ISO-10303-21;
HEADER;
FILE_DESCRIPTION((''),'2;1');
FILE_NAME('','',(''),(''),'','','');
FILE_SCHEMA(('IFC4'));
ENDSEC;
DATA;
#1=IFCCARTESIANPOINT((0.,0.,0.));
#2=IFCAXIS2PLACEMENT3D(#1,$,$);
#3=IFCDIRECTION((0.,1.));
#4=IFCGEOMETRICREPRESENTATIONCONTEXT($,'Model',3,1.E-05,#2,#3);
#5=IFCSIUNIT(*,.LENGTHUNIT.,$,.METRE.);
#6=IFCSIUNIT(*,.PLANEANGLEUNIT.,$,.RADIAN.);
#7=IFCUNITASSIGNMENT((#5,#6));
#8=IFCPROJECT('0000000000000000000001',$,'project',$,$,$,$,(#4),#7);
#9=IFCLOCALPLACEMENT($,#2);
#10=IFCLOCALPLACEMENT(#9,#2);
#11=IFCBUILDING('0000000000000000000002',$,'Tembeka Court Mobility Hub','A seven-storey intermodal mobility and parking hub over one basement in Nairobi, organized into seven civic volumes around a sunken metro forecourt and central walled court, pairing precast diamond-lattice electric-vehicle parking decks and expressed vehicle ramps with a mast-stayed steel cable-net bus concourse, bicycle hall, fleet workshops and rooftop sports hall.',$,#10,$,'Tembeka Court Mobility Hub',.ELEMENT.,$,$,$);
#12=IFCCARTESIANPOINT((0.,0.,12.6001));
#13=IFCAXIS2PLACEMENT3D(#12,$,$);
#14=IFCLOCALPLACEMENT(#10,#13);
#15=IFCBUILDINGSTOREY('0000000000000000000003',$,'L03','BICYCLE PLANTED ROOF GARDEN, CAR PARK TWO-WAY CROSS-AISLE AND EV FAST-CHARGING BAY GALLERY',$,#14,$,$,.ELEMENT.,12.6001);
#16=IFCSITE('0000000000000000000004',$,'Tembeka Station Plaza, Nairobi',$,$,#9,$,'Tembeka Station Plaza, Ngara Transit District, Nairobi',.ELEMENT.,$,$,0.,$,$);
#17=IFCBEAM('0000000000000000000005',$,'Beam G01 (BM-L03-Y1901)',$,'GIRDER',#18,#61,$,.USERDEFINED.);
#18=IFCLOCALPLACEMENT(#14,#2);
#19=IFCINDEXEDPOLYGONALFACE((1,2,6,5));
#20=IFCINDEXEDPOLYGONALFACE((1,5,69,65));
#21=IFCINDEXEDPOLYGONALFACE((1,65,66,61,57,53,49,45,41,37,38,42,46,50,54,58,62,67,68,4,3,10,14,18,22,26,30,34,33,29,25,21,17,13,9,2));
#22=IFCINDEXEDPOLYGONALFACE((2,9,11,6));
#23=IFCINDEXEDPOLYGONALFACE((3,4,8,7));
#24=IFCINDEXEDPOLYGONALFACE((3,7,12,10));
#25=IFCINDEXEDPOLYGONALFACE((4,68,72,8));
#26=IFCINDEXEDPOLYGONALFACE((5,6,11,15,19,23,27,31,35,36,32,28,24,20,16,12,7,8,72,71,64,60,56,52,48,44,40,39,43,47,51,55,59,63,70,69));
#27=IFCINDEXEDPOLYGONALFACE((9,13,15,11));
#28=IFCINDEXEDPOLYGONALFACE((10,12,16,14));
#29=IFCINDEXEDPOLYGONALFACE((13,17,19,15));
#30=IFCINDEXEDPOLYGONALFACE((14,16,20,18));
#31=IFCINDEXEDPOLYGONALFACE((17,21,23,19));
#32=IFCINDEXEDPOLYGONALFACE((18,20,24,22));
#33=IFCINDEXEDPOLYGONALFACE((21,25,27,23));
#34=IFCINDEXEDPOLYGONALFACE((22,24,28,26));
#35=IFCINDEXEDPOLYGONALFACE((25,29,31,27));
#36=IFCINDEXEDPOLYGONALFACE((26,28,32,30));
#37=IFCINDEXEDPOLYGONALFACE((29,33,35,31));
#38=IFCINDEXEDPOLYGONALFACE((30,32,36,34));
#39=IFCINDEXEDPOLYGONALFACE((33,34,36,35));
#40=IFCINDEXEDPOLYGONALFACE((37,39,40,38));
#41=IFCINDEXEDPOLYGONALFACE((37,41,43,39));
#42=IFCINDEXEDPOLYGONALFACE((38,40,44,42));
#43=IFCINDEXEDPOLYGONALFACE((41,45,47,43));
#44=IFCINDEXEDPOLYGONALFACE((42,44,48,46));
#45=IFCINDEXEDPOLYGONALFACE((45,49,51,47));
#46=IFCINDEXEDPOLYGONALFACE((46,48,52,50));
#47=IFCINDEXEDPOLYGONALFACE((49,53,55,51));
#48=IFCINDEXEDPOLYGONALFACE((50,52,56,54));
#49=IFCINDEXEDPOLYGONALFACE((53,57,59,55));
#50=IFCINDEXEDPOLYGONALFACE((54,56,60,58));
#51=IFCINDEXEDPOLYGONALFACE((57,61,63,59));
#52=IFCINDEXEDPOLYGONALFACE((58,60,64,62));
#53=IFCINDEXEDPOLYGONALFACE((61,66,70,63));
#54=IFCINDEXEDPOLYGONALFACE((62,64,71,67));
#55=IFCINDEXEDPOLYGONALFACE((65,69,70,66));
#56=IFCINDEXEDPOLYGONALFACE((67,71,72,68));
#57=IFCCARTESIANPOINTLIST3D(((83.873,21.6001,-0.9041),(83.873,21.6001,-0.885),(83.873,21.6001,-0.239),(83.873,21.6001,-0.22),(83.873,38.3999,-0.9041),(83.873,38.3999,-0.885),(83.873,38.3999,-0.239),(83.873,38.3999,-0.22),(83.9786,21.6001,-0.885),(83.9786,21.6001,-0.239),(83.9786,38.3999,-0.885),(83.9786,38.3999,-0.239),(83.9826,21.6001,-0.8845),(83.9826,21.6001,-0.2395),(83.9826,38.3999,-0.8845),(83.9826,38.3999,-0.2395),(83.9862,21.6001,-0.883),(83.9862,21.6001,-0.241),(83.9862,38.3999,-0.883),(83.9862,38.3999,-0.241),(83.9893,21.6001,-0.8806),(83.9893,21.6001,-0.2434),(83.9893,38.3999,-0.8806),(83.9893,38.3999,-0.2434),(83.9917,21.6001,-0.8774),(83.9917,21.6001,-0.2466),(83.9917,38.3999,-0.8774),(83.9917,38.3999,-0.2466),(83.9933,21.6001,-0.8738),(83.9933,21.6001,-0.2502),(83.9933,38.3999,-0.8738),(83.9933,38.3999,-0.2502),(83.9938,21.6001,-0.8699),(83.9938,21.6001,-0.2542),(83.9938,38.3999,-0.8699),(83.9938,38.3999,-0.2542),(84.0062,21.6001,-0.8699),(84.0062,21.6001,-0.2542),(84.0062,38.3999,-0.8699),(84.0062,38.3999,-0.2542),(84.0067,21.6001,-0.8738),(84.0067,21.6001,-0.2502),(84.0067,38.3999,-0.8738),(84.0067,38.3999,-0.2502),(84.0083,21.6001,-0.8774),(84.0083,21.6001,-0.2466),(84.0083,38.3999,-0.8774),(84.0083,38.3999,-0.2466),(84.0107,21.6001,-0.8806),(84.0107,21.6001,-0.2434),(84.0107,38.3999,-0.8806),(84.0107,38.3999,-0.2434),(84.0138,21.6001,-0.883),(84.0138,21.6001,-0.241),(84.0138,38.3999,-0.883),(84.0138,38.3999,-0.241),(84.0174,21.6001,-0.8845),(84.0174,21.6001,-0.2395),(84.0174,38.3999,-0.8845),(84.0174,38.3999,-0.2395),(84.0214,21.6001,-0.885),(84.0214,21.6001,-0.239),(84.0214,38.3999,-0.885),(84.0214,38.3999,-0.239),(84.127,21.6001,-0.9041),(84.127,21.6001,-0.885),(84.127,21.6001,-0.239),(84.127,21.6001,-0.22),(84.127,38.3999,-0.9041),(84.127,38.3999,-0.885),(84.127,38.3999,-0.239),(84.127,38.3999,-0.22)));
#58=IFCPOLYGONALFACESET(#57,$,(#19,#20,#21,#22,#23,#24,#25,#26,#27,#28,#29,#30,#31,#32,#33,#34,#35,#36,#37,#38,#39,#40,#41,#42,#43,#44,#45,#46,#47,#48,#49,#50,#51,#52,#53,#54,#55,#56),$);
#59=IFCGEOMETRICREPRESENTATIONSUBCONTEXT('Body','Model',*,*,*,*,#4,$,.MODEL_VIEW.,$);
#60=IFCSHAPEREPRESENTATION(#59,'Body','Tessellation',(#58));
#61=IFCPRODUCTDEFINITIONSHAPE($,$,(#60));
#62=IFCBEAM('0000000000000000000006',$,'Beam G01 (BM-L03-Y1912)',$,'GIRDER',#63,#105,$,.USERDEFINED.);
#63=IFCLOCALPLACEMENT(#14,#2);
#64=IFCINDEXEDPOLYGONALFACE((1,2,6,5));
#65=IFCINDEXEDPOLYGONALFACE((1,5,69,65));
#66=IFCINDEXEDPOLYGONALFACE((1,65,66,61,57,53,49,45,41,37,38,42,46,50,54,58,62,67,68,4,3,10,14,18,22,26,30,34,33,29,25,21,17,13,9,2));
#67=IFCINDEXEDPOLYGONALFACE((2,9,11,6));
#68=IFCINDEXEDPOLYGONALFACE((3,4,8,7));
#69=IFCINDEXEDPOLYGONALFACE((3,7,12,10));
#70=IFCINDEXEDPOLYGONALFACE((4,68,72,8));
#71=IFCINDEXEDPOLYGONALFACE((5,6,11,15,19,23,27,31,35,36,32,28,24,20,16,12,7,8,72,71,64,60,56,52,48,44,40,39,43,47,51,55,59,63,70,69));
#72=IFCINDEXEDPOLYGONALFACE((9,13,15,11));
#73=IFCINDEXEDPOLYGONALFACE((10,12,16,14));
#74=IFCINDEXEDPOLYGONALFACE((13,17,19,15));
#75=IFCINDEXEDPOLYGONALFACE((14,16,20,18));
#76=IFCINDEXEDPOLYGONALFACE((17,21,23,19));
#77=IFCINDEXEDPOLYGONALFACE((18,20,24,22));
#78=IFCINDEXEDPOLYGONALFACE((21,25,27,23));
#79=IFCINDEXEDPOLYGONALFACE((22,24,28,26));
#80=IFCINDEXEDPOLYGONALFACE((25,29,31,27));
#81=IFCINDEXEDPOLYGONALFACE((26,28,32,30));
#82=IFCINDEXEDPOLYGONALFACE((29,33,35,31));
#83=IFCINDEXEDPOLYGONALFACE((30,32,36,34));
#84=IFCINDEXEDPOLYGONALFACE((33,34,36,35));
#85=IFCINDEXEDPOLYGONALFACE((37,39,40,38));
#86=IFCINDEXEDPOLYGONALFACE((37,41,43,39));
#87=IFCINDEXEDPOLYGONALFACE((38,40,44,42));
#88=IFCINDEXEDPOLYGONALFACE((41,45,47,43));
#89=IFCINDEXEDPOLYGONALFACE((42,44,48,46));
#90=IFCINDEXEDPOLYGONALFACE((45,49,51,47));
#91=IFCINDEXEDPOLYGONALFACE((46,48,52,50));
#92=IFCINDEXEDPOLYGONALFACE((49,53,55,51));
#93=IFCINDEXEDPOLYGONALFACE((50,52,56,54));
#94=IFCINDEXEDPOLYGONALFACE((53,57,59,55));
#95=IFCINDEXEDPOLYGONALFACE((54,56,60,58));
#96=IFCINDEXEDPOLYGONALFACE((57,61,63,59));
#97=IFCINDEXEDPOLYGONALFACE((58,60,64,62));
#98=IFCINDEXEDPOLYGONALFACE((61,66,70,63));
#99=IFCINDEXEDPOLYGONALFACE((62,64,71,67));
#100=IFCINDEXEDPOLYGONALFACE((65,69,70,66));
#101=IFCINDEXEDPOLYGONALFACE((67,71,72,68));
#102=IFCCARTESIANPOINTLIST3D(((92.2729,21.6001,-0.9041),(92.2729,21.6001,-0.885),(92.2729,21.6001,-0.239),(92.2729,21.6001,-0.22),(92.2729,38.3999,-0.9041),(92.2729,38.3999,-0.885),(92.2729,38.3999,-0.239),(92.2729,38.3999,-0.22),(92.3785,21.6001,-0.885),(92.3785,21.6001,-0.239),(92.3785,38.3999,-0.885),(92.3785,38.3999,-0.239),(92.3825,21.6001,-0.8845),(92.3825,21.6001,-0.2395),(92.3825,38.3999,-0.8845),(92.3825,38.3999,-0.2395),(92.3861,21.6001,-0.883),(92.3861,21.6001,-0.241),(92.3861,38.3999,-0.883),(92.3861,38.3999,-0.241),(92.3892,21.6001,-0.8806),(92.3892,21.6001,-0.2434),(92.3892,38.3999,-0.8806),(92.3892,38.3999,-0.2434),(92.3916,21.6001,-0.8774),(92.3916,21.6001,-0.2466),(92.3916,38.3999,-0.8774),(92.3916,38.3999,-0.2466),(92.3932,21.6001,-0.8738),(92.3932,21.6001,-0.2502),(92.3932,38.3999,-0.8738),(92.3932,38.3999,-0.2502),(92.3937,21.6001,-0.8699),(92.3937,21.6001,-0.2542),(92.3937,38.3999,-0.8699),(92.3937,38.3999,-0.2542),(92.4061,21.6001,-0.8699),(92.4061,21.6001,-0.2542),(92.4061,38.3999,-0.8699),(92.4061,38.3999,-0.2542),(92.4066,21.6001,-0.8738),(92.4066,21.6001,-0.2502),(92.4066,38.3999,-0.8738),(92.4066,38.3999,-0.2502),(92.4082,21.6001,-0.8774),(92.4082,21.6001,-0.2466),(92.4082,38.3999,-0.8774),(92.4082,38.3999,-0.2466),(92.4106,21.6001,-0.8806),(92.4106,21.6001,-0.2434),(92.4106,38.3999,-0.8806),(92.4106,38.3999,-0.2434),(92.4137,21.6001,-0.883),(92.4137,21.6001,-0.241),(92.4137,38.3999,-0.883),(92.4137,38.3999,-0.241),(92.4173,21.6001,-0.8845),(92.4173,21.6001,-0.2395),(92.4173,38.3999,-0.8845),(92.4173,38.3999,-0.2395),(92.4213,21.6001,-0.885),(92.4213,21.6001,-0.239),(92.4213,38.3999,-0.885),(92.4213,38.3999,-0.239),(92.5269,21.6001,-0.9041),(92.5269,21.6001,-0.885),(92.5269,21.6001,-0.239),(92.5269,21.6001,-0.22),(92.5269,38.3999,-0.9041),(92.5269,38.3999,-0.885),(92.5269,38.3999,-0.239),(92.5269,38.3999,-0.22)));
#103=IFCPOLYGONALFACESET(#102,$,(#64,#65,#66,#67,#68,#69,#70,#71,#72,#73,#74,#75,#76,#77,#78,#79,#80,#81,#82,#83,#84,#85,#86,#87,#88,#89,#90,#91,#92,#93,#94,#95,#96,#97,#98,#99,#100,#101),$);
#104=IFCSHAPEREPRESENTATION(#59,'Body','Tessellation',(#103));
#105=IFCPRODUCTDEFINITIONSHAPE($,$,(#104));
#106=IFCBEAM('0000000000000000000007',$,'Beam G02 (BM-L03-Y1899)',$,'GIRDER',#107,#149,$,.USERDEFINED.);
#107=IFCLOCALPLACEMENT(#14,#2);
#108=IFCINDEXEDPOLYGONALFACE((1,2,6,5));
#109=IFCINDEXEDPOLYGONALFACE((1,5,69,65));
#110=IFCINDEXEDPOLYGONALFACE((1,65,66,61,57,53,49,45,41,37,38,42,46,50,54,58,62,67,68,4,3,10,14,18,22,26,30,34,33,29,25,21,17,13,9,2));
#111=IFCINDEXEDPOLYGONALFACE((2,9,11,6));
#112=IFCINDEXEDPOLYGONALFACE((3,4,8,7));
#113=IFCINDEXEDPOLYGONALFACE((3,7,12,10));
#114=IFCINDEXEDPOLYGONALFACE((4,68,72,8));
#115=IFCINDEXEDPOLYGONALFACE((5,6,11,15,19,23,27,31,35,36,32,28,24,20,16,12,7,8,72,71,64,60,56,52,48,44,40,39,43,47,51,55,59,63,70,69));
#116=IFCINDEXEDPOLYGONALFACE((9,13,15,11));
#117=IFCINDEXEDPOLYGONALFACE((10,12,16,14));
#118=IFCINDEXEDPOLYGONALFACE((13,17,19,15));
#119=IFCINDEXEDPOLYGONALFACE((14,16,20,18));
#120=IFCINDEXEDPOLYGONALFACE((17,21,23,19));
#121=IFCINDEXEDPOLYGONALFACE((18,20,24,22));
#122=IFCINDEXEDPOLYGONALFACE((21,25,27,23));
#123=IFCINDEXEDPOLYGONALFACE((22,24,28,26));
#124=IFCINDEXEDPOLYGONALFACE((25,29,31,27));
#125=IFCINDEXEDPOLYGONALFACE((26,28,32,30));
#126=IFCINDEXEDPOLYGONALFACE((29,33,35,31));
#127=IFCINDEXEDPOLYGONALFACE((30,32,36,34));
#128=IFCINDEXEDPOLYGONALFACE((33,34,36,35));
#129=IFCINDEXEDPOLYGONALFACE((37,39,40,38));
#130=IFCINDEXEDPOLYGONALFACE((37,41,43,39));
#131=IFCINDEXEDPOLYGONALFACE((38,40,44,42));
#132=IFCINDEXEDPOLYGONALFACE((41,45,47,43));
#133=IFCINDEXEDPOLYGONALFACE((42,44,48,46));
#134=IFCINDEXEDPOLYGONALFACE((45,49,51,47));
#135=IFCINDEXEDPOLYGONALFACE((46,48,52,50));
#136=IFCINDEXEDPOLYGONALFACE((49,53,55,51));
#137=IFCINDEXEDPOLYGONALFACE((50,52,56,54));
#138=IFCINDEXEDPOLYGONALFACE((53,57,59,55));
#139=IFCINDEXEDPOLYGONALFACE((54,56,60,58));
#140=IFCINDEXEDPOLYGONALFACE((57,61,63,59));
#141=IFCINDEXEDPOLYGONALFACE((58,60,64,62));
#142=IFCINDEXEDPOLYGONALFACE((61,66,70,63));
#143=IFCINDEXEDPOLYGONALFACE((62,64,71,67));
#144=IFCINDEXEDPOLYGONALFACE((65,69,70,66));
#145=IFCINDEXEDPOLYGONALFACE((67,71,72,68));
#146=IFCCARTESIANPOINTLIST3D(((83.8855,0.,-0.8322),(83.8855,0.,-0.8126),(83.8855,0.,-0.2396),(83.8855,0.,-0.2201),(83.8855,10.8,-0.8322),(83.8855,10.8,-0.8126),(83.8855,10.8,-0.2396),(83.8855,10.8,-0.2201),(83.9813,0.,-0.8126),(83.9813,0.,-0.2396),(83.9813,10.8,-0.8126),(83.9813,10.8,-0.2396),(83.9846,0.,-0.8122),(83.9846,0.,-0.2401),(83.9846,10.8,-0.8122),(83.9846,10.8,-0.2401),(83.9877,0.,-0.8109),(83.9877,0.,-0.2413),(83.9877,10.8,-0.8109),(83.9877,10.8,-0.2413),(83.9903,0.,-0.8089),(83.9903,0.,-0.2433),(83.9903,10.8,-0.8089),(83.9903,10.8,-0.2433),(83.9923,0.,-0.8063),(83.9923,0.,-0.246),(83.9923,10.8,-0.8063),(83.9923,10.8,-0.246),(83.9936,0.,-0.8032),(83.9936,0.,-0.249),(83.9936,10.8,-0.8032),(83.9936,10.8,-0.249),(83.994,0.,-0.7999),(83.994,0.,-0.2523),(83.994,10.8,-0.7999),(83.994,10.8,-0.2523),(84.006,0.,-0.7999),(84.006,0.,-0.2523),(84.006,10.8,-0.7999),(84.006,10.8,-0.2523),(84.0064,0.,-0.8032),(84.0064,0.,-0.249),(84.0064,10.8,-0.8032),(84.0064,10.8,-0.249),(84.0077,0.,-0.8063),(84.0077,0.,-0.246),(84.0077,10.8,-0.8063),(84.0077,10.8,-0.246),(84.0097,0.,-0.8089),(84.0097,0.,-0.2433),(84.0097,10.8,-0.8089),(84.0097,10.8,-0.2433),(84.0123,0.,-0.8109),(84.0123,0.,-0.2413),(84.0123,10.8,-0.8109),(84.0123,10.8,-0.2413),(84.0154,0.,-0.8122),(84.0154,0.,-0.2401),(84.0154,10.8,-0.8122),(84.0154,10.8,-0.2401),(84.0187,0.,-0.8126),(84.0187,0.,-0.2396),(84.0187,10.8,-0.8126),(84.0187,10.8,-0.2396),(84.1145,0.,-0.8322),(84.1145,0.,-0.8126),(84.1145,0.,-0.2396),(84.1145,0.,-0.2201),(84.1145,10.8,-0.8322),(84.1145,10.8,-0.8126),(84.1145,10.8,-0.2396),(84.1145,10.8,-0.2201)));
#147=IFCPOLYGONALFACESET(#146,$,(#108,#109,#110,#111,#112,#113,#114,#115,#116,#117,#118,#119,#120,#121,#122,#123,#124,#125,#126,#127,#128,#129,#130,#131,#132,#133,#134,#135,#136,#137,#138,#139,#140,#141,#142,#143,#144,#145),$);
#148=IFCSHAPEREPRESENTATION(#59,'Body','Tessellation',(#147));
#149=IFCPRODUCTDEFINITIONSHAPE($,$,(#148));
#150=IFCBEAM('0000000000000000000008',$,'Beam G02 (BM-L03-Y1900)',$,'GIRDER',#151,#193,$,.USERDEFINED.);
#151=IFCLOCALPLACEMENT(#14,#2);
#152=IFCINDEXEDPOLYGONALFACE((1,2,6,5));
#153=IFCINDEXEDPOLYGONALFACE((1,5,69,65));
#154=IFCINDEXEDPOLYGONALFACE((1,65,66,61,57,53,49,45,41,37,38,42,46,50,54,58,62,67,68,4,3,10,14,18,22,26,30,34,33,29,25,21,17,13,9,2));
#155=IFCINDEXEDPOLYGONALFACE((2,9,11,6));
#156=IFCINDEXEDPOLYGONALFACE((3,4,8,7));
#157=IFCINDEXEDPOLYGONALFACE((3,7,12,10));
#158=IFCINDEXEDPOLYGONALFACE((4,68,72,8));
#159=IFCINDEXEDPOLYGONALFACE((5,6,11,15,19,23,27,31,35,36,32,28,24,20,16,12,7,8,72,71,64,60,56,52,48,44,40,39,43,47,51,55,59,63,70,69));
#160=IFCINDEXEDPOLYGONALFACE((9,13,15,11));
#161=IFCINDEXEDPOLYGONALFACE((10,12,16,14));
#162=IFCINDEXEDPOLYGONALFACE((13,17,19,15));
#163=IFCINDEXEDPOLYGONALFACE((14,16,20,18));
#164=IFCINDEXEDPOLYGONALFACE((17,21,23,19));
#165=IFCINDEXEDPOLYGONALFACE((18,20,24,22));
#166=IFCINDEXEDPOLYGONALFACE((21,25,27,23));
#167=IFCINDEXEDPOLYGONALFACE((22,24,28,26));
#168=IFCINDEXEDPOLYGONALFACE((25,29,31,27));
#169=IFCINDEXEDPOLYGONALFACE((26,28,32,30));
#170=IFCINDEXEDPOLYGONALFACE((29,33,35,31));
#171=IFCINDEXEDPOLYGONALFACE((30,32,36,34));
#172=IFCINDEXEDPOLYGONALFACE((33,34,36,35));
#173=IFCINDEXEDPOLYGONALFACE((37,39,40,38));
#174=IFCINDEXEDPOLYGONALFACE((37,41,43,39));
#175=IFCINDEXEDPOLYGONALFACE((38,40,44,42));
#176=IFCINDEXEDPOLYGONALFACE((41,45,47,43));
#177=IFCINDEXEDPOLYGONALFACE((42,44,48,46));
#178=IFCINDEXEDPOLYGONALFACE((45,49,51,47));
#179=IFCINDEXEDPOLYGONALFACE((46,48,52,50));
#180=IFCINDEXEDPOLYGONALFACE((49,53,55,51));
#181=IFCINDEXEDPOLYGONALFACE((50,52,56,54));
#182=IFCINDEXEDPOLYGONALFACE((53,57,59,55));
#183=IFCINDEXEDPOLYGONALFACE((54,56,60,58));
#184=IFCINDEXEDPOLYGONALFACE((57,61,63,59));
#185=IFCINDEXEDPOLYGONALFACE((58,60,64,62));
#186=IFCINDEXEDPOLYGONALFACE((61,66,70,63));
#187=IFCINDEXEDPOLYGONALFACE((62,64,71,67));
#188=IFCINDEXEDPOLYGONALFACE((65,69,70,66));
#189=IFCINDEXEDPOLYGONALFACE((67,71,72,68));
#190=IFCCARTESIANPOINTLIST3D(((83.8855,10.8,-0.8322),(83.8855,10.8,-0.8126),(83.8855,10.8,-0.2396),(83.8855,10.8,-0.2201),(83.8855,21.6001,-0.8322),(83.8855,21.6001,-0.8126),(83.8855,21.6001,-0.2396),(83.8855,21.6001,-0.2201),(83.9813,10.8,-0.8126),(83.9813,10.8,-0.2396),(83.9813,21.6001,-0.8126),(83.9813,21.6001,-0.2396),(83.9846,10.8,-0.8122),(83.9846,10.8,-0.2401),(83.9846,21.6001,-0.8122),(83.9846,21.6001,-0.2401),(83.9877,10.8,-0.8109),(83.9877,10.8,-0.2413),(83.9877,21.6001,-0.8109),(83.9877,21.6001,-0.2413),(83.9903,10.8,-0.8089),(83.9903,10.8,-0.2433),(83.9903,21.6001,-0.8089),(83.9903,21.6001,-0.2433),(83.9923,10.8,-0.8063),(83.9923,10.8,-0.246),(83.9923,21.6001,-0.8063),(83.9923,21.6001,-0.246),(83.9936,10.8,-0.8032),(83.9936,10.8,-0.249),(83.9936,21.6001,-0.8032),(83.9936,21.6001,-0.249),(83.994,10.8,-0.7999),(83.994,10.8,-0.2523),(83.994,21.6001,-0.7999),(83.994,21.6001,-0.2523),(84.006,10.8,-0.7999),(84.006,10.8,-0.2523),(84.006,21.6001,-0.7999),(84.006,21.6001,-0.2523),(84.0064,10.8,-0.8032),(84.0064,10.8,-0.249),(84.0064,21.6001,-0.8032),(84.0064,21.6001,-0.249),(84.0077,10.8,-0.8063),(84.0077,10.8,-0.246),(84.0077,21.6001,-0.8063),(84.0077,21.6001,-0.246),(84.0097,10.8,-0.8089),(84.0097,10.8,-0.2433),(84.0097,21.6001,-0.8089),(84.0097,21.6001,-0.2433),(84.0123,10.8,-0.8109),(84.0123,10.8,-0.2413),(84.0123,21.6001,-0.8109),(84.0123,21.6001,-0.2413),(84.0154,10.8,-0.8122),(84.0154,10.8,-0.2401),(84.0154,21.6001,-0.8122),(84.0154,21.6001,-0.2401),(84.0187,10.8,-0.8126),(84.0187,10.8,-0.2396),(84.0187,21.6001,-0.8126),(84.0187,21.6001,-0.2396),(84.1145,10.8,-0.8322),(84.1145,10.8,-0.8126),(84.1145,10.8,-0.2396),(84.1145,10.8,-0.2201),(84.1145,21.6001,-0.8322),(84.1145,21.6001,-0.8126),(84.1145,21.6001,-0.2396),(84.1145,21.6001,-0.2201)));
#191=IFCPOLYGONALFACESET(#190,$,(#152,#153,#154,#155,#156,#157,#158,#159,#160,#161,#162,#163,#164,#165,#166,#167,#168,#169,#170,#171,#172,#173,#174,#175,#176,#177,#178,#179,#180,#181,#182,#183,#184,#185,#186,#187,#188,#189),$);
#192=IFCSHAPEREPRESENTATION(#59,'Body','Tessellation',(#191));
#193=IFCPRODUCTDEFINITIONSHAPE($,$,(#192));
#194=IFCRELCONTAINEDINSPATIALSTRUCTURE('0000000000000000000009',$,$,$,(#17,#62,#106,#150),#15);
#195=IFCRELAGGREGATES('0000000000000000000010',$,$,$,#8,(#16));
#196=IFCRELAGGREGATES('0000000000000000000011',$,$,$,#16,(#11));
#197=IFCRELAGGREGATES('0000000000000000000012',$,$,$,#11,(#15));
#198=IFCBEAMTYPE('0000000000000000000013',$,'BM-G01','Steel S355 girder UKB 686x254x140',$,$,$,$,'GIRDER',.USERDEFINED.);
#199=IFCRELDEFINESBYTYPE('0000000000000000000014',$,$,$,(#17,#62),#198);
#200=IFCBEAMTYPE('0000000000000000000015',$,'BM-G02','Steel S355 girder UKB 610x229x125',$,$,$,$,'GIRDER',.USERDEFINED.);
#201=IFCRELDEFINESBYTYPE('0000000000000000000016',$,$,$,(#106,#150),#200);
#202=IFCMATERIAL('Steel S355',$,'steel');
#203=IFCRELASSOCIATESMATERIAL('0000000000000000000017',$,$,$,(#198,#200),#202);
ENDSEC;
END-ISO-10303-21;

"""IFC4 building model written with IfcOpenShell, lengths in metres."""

from ifc_helpers import new_model, si_unit, direction, frame, origin, origin_2d, place, context, subcontext, project, spatial, i_section, extrude, material, material_profile, profile_set, type_object, element, save


model = new_model("IFC4")

# Units and contexts
model_context = context("Model", 3, precision=1e-05, world=origin(), true_north=direction((0.0, 1.0)))
body_context = subcontext(model_context, "Body", "Model", "MODEL_VIEW")
ifc_project = project(units=[si_unit("LENGTHUNIT", "METRE"), si_unit("PLANEANGLEUNIT", "RADIAN")], contexts=[model_context])

# Site, building, storey
site_placement = place(None, origin())
site = spatial("IfcSite", under=ifc_project, at=site_placement, Name="Tembeka Station Plaza, Nairobi", LongName="Tembeka Station Plaza, Ngara Transit District, Nairobi", CompositionType="ELEMENT", RefElevation=0.0)
building_placement = place(site_placement, origin())
building = spatial("IfcBuilding", under=site, at=building_placement, Name="Tembeka Court Mobility Hub", Description="A seven-storey intermodal mobility and parking hub over one basement in Nairobi, organized into seven civic volumes around a sunken metro forecourt and central walled court, pairing precast diamond-lattice electric-vehicle parking decks and expressed vehicle ramps with a mast-stayed steel cable-net bus concourse, bicycle hall, fleet workshops and rooftop sports hall.", LongName="Tembeka Court Mobility Hub", CompositionType="ELEMENT")
storey_placement = place(building_placement, frame((0.0, 0.0, 12.6001)))
storey = spatial("IfcBuildingStorey", under=building, at=storey_placement, Name="L03", Description="BICYCLE PLANTED ROOF GARDEN, CAR PARK TWO-WAY CROSS-AISLE AND EV FAST-CHARGING BAY GALLERY", CompositionType="ELEMENT", Elevation=12.6001)

# Shared definitions
ifc_material_1 = material(Name="Steel S355", Category="steel")

# Beams
ifc_material_profile_1 = material_profile(ifc_material_1, i_section(OverallWidth=0.2539, OverallDepth=0.6841, WebThickness=0.0125, FlangeThickness=0.019, FilletRadius=0.0151, at=origin_2d()), Name="UKB 686x254x140")
ifc_profile_set_1 = profile_set([ifc_material_profile_1], Name="Steel S355")
beam_type_1 = type_object("IfcBeamType", Name="BM-G01", Description="Steel S355 girder UKB 686x254x140", ElementType="GIRDER", PredefinedType="USERDEFINED", material=ifc_profile_set_1)
for number, where, z_axis, x_axis, name in (
    (1, (84.0, 21.6001, -0.562), (0.0, 1.0, 0.0), (-1.0, 0.0, 0.0), "Beam G01 (BM-L03-Y1901)"),
    (2, (92.3999, 21.6001, -0.562), (0.0, 1.0, 0.0), (-1.0, 0.0, 0.0), "Beam G01 (BM-L03-Y1912)"),
):
    element("IfcBeam", number, at=place(storey_placement, frame(where, z_axis=z_axis, x_axis=x_axis)), inside=storey, type_object=beam_type_1, Name=name, ObjectType="GIRDER", PredefinedType="USERDEFINED", context=body_context, shape_type="SweptSolid", body=[
        extrude(i_section(OverallWidth=0.2539, OverallDepth=0.6841, WebThickness=0.0125, FlangeThickness=0.019, FilletRadius=0.0151, at=origin_2d()), origin(), (0.0, 0.0, 1.0), 16.7998),
    ])
ifc_material_profile_2 = material_profile(ifc_material_1, i_section(OverallWidth=0.229, OverallDepth=0.6121, WebThickness=0.012, FlangeThickness=0.0195, FilletRadius=0.0127, at=origin_2d()), Name="UKB 610x229x125")
ifc_profile_set_2 = profile_set([ifc_material_profile_2], Name="Steel S355")
beam_type_2 = type_object("IfcBeamType", Name="BM-G02", Description="Steel S355 girder UKB 610x229x125", ElementType="GIRDER", PredefinedType="USERDEFINED", material=ifc_profile_set_2)
for number, where, z_axis, x_axis, name in (
    (3, (84.0, 0.0, -0.5261), (0.0, 1.0, 0.0), (-1.0, 0.0, 0.0), "Beam G02 (BM-L03-Y1899)"),
    (4, (84.0, 10.8, -0.5261), (0.0, 1.0, 0.0), (-1.0, 0.0, 0.0), "Beam G02 (BM-L03-Y1900)"),
):
    element("IfcBeam", number, at=place(storey_placement, frame(where, z_axis=z_axis, x_axis=x_axis)), inside=storey, type_object=beam_type_2, Name=name, ObjectType="GIRDER", PredefinedType="USERDEFINED", context=body_context, shape_type="SweptSolid", body=[
        extrude(i_section(OverallWidth=0.229, OverallDepth=0.6121, WebThickness=0.012, FlangeThickness=0.0195, FilletRadius=0.0127, at=origin_2d()), origin(), (0.0, 0.0, 1.0), 10.8),
    ])

save(model, "model.ifc")
